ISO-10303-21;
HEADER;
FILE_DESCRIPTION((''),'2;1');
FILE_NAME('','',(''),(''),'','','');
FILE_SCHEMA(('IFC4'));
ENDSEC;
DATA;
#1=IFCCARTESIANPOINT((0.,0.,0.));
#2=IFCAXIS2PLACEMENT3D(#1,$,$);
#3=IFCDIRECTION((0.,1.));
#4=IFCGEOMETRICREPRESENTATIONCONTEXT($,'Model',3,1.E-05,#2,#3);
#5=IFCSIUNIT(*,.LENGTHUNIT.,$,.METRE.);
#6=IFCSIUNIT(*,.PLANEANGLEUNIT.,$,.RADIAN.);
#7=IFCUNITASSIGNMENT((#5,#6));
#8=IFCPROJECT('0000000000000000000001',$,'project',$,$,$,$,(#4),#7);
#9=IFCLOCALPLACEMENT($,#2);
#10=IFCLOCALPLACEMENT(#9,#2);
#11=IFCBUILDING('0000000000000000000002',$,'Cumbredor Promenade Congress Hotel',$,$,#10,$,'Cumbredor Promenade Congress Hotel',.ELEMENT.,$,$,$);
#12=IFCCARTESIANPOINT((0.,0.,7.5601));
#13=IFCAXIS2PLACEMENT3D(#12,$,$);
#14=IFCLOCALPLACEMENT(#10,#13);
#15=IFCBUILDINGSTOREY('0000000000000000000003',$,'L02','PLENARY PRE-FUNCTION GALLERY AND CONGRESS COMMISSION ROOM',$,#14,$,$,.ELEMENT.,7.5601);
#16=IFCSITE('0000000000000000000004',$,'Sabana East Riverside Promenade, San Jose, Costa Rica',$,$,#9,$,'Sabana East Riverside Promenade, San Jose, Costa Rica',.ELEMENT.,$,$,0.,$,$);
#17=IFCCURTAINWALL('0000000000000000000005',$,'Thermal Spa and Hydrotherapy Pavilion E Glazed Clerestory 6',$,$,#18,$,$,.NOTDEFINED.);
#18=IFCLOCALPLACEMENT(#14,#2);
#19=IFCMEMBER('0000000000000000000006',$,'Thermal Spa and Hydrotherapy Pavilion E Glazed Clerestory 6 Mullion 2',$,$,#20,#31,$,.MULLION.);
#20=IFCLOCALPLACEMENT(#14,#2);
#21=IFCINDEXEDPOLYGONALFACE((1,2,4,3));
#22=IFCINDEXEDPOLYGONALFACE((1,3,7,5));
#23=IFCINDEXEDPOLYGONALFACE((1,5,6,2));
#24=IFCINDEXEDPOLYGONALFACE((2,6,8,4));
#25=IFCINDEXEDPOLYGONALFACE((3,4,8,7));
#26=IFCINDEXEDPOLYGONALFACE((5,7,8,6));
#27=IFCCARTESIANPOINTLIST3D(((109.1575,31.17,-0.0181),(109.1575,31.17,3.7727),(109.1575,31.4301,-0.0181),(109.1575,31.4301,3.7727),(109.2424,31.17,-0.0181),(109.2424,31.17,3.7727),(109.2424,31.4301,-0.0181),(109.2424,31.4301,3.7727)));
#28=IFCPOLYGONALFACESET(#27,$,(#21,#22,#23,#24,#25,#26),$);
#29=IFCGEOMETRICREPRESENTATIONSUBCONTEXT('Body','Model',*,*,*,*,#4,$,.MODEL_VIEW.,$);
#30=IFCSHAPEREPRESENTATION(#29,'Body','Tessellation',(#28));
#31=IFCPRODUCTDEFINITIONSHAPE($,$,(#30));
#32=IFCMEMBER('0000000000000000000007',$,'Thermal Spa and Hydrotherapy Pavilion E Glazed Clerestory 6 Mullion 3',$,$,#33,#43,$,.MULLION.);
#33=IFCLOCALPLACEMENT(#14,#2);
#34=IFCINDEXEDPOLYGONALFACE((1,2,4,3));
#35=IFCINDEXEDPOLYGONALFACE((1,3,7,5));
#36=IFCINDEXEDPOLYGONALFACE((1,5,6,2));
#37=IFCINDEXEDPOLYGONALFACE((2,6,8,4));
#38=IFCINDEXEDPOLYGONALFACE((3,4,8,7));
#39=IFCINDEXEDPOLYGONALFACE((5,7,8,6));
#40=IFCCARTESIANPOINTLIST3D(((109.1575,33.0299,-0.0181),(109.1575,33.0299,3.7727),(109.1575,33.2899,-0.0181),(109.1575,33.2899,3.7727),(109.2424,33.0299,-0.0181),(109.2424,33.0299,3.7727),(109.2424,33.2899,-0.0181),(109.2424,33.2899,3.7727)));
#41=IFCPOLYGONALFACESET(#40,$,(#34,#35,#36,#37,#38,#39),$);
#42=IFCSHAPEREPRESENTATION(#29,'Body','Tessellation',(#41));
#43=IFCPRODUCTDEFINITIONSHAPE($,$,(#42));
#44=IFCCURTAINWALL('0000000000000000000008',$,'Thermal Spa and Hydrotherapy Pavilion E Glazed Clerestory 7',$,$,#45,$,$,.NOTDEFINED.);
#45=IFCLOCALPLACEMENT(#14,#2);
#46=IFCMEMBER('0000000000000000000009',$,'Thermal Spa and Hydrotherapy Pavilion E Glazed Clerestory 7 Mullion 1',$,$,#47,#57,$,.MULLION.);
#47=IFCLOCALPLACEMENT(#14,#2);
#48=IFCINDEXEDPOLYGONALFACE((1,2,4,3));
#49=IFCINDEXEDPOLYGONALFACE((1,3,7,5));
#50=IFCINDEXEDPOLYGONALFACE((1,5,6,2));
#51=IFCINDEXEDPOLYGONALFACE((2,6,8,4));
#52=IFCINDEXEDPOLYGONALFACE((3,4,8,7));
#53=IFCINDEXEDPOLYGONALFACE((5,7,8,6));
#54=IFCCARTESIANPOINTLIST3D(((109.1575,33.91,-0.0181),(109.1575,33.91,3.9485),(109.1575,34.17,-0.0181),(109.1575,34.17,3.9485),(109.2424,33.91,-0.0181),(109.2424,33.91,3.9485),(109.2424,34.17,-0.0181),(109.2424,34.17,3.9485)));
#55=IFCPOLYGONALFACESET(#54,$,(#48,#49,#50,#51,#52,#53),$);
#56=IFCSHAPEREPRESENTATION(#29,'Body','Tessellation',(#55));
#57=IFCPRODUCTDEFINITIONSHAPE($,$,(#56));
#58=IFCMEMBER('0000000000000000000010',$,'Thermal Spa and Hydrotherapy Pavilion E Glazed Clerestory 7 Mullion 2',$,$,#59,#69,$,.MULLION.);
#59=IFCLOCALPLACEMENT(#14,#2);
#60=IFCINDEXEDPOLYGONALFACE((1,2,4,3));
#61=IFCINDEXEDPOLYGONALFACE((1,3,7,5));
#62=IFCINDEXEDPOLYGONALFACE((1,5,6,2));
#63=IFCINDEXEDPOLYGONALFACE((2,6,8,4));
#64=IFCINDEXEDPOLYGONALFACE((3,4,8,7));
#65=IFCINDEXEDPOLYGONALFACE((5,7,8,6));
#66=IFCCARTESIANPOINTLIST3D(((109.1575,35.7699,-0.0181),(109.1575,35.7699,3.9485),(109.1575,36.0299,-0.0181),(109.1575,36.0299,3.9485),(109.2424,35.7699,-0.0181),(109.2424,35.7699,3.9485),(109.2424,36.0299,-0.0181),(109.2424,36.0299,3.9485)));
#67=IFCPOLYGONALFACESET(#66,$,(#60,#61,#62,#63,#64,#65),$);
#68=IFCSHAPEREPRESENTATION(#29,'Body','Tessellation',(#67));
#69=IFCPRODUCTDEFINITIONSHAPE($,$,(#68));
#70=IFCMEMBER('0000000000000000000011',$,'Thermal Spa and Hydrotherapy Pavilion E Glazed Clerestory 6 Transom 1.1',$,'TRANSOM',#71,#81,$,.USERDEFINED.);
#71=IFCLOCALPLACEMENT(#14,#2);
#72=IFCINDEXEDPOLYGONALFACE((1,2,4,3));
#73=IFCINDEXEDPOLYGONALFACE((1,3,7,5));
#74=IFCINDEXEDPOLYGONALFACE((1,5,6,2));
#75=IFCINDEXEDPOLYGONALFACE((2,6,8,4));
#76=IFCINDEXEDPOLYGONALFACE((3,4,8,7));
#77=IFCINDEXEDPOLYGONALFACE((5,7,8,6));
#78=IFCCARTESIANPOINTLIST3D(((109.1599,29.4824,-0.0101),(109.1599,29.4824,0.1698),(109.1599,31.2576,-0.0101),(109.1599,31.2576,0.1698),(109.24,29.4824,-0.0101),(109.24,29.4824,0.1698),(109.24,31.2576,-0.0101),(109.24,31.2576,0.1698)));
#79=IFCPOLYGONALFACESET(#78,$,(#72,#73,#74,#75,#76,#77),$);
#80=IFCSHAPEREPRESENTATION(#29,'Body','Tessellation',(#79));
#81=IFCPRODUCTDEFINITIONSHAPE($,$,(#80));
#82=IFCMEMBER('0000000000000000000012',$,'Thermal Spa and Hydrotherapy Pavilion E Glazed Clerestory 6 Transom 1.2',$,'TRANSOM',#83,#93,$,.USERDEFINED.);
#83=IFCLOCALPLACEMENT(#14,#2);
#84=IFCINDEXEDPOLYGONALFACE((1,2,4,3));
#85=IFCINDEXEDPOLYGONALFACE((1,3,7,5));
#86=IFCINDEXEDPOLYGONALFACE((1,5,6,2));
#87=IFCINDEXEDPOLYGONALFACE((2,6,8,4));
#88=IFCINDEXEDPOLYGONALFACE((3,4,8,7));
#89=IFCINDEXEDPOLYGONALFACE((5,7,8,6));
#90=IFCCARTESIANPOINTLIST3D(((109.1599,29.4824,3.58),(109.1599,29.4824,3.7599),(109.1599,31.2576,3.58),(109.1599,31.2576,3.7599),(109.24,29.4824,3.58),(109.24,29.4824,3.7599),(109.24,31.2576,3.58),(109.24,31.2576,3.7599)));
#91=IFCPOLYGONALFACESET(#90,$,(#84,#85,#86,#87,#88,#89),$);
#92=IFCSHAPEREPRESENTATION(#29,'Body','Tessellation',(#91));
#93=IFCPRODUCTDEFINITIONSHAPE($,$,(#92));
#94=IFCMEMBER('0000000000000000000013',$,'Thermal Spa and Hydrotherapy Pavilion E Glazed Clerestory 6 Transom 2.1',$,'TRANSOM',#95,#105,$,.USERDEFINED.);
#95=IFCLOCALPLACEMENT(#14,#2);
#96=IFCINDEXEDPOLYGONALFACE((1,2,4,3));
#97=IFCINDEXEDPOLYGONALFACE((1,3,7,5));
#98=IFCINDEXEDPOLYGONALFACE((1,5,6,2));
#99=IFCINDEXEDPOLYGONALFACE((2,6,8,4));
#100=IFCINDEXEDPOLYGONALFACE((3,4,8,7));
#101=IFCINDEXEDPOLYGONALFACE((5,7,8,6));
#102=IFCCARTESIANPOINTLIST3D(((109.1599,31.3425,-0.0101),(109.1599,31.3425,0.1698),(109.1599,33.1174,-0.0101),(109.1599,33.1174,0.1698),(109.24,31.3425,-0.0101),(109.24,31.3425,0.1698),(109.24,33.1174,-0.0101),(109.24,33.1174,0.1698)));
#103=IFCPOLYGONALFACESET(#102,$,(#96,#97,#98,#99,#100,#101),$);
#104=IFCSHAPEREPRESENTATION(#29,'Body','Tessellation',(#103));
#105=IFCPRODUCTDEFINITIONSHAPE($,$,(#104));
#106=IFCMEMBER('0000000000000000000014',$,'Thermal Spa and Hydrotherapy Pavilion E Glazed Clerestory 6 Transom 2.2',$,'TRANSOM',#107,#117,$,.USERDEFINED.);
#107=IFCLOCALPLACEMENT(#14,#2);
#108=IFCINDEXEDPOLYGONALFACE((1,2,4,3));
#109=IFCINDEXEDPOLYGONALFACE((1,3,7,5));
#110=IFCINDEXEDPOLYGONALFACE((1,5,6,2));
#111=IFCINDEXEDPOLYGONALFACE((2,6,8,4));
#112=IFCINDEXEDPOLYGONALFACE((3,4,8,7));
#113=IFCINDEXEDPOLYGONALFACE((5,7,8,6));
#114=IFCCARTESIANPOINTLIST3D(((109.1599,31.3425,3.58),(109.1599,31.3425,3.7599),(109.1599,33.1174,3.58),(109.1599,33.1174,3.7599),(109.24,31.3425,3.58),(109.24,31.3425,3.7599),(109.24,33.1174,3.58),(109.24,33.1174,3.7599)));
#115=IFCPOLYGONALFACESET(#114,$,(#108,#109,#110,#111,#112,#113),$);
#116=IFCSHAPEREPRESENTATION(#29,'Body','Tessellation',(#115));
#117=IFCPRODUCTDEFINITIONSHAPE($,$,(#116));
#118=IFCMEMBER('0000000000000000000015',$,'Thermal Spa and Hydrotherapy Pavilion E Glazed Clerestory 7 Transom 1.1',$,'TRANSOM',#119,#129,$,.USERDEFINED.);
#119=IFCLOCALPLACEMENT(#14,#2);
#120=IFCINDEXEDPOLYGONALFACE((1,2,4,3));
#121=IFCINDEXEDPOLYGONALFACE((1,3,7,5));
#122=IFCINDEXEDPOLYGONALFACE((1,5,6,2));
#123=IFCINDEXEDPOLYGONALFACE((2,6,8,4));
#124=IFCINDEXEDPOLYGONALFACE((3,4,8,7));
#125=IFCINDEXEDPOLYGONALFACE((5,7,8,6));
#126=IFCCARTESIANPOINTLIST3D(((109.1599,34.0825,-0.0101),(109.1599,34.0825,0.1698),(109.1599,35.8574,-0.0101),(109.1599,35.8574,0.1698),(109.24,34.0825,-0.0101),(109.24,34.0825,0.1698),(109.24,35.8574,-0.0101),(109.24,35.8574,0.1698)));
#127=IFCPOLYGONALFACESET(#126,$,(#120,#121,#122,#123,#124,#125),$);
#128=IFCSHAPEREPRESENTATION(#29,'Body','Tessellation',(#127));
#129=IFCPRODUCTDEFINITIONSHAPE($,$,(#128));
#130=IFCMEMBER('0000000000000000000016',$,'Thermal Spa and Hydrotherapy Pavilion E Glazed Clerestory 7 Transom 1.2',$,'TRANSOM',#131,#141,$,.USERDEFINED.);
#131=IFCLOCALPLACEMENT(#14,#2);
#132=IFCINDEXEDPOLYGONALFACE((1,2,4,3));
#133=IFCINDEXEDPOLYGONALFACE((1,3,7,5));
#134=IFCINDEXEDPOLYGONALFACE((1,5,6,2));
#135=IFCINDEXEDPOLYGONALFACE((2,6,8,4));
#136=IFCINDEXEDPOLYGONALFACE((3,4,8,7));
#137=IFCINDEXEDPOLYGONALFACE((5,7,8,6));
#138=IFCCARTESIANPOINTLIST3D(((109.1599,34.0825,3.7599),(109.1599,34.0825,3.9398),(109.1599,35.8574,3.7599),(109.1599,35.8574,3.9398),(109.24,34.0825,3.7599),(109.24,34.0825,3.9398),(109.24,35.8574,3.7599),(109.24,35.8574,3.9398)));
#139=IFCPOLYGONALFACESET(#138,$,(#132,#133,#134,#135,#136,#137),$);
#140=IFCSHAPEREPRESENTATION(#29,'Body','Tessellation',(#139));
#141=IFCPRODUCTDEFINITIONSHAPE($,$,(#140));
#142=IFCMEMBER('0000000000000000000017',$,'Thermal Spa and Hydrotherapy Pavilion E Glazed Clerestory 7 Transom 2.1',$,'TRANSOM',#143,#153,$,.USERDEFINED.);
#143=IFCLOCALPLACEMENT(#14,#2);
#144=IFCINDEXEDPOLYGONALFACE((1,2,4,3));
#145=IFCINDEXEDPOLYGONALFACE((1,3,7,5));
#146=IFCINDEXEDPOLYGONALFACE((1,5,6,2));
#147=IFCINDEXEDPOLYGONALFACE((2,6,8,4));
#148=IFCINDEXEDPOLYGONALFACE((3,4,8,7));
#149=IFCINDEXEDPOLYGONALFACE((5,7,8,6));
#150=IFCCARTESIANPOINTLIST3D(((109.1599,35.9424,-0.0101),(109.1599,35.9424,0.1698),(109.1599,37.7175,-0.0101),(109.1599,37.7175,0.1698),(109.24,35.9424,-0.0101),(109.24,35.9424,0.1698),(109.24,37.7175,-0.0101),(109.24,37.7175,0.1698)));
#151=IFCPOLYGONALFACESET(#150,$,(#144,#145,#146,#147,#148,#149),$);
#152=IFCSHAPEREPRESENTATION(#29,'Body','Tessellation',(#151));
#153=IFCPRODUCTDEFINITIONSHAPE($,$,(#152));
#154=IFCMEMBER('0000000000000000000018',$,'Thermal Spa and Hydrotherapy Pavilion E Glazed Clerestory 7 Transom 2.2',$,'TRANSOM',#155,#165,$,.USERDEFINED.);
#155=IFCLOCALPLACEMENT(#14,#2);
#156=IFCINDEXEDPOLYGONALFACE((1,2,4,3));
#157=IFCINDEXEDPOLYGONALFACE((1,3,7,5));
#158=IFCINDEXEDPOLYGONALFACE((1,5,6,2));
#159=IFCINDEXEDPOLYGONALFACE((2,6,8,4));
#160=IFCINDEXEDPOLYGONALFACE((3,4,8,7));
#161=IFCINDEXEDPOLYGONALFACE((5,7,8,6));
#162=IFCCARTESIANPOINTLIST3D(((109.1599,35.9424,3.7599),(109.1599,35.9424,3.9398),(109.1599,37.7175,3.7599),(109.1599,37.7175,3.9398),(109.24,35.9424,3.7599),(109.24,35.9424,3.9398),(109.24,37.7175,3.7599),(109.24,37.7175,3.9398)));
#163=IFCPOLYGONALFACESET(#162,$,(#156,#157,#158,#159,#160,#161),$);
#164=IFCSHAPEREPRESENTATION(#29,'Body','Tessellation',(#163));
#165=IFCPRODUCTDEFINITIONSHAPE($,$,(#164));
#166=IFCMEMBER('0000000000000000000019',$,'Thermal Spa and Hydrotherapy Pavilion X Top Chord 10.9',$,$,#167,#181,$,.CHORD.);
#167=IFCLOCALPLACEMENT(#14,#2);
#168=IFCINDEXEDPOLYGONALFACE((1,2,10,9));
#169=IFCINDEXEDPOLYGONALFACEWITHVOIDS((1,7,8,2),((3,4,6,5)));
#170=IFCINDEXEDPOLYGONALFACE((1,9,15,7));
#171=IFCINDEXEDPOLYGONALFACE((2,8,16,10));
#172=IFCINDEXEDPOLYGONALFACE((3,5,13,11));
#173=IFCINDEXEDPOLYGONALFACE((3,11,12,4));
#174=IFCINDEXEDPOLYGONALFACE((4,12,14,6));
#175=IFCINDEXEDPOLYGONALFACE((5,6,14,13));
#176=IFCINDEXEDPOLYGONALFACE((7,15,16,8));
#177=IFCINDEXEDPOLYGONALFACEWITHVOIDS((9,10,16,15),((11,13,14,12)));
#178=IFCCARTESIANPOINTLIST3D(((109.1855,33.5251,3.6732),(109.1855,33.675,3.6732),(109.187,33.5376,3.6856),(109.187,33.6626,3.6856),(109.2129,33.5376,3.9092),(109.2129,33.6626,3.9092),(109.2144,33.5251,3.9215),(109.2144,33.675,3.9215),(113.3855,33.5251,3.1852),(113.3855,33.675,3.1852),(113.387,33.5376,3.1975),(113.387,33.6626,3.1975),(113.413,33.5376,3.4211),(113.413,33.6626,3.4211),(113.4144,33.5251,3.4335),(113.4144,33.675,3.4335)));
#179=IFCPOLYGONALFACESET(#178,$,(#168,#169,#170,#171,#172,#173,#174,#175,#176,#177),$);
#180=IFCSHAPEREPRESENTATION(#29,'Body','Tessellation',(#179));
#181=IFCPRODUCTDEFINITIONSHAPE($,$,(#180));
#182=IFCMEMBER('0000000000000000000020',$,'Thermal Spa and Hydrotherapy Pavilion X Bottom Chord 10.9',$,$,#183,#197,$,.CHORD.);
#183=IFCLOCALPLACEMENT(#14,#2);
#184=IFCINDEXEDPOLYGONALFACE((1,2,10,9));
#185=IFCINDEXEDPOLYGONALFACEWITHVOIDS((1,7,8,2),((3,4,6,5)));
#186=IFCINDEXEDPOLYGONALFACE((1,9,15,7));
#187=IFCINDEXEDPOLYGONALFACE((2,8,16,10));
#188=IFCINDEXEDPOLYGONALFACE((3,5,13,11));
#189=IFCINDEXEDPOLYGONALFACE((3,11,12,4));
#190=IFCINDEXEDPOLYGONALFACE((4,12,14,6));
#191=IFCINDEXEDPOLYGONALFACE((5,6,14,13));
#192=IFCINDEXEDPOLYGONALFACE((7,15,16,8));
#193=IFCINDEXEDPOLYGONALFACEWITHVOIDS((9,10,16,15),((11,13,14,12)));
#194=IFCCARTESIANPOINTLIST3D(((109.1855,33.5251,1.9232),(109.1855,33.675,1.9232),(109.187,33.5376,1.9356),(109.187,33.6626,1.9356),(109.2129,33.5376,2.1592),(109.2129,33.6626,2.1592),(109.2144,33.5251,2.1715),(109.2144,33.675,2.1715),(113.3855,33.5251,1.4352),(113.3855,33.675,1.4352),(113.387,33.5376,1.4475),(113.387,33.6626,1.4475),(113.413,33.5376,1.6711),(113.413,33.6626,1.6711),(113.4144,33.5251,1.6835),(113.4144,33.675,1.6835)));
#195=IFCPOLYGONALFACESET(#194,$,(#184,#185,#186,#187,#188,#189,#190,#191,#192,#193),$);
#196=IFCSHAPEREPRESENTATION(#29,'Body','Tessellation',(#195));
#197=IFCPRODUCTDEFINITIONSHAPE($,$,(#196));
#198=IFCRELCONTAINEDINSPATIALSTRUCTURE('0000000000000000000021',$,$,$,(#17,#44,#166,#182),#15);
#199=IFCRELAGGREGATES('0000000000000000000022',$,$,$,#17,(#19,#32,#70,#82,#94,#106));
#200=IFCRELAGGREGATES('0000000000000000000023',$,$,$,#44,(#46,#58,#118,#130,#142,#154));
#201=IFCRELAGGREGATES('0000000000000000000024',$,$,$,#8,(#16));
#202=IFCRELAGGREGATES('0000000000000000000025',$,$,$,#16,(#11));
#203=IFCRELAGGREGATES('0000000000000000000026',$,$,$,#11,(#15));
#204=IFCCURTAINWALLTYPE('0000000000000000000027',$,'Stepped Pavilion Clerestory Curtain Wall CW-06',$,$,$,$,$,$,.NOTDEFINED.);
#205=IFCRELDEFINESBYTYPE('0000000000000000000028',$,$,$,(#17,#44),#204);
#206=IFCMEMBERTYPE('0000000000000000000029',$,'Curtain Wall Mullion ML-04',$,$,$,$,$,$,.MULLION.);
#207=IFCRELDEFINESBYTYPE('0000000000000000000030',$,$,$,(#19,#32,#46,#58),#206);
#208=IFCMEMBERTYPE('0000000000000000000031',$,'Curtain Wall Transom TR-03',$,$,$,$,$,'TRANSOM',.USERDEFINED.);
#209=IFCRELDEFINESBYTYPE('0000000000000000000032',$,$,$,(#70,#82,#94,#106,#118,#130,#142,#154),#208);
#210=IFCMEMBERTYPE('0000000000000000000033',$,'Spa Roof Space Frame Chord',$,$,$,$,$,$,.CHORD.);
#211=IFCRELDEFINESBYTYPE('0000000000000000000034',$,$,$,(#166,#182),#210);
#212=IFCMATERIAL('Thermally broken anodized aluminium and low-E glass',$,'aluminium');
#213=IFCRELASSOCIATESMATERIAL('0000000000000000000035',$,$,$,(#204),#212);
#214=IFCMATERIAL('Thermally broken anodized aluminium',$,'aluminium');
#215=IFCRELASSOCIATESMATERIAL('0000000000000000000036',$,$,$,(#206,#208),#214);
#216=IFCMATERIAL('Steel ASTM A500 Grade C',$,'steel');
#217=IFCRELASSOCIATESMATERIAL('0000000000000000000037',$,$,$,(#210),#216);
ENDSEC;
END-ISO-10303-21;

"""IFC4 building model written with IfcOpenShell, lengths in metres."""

from ifc_helpers import new_model, si_unit, direction, frame, origin, origin_2d, place, context, subcontext, project, spatial, rectangle, hollow_rectangle, extrude, material, material_profile, profile_set, type_object, element, aggregate, save


model = new_model("IFC4")

# Units and contexts
model_context = context("Model", 3, precision=1e-05, world=origin(), true_north=direction((0.0, 1.0)))
body_context = subcontext(model_context, "Body", "Model", "MODEL_VIEW")
ifc_project = project(units=[si_unit("LENGTHUNIT", "METRE"), si_unit("PLANEANGLEUNIT", "RADIAN")], contexts=[model_context])

# Site, building, storey
site_placement = place(None, origin())
site = spatial("IfcSite", under=ifc_project, at=site_placement, Name="Sabana East Riverside Promenade, San Jose, Costa Rica", LongName="Sabana East Riverside Promenade, San Jose, Costa Rica", CompositionType="ELEMENT", RefElevation=0.0)
building_placement = place(site_placement, origin())
building = spatial("IfcBuilding", under=site, at=building_placement, Name="Cumbredor Promenade Congress Hotel", LongName="Cumbredor Promenade Congress Hotel", CompositionType="ELEMENT")
storey_placement = place(building_placement, frame((0.0, 0.0, 7.5601)))
storey = spatial("IfcBuildingStorey", under=building, at=storey_placement, Name="L02", Description="PLENARY PRE-FUNCTION GALLERY AND CONGRESS COMMISSION ROOM", CompositionType="ELEMENT", Elevation=7.5601)

# Curtain walls, members
ifc_material_1 = material(Name="Thermally broken anodized aluminium and low-E glass", Category="aluminium")
curtain_wall_type = type_object("IfcCurtainWallType", Name="Stepped Pavilion Clerestory Curtain Wall CW-06", PredefinedType="NOTDEFINED", material=ifc_material_1)
curtain_wall_1_placement = place(storey_placement, origin())
curtain_wall_1 = element("IfcCurtainWall", 1, at=curtain_wall_1_placement, inside=storey, type_object=curtain_wall_type, Name="Thermal Spa and Hydrotherapy Pavilion E Glazed Clerestory 6", PredefinedType="NOTDEFINED")
ifc_material_2 = material(Name="Thermally broken anodized aluminium", Category="aluminium")
ifc_material_profile_1 = material_profile(ifc_material_2, rectangle(XDim=0.085, YDim=0.26, at=origin_2d()), Name="ALU MULLION CLERESTORY 85x260")
ifc_profile_set_1 = profile_set([ifc_material_profile_1], Name="Thermally broken anodized aluminium")
member_type_1 = type_object("IfcMemberType", Name="Curtain Wall Mullion ML-04", PredefinedType="MULLION", material=ifc_profile_set_1)
member_1_placement = place(storey_placement, frame((109.2, 31.3, -0.0181), z_axis=(0.0, 0.0, 1.0), x_axis=(1.0, 0.0, 0.0)))
member_1 = element("IfcMember", 2, at=member_1_placement, type_object=member_type_1, Name="Thermal Spa and Hydrotherapy Pavilion E Glazed Clerestory 6 Mullion 2", PredefinedType="MULLION", context=body_context, shape_type="SweptSolid", body=[
    extrude(rectangle(XDim=0.085, YDim=0.26, at=origin_2d()), origin(), (0.0, 0.0, 1.0), 3.7908),
])
member_2_placement = place(storey_placement, frame((109.2, 33.1599, -0.0181), z_axis=(0.0, 0.0, 1.0), x_axis=(1.0, 0.0, 0.0)))
member_2 = element("IfcMember", 3, at=member_2_placement, type_object=member_type_1, Name="Thermal Spa and Hydrotherapy Pavilion E Glazed Clerestory 6 Mullion 3", PredefinedType="MULLION", context=body_context, shape_type="SweptSolid", body=[
    extrude(rectangle(XDim=0.085, YDim=0.26, at=origin_2d()), origin(), (0.0, 0.0, 1.0), 3.7908),
])
curtain_wall_2_placement = place(storey_placement, origin())
curtain_wall_2 = element("IfcCurtainWall", 4, at=curtain_wall_2_placement, inside=storey, type_object=curtain_wall_type, Name="Thermal Spa and Hydrotherapy Pavilion E Glazed Clerestory 7", PredefinedType="NOTDEFINED")
member_3_placement = place(storey_placement, frame((109.2, 34.04, -0.0181), z_axis=(0.0, 0.0, 1.0), x_axis=(1.0, 0.0, 0.0)))
member_3 = element("IfcMember", 5, at=member_3_placement, type_object=member_type_1, Name="Thermal Spa and Hydrotherapy Pavilion E Glazed Clerestory 7 Mullion 1", PredefinedType="MULLION", context=body_context, shape_type="SweptSolid", body=[
    extrude(rectangle(XDim=0.085, YDim=0.26, at=origin_2d()), origin(), (0.0, 0.0, 1.0), 3.9666),
])
member_4_placement = place(storey_placement, frame((109.2, 35.8999, -0.0181), z_axis=(0.0, 0.0, 1.0), x_axis=(1.0, 0.0, 0.0)))
member_4 = element("IfcMember", 6, at=member_4_placement, type_object=member_type_1, Name="Thermal Spa and Hydrotherapy Pavilion E Glazed Clerestory 7 Mullion 2", PredefinedType="MULLION", context=body_context, shape_type="SweptSolid", body=[
    extrude(rectangle(XDim=0.085, YDim=0.26, at=origin_2d()), origin(), (0.0, 0.0, 1.0), 3.9666),
])

# Members
ifc_material_profile_2 = material_profile(ifc_material_2, rectangle(XDim=0.0801, YDim=0.1799, at=origin_2d()), Name="ALU TRANSOM 80x180")
ifc_profile_set_2 = profile_set([ifc_material_profile_2], Name="Thermally broken anodized aluminium")
member_type_2 = type_object("IfcMemberType", Name="Curtain Wall Transom TR-03", ElementType="TRANSOM", PredefinedType="USERDEFINED", material=ifc_profile_set_2)
member_5_placement = place(storey_placement, frame((109.2, 29.4824, 0.0798), z_axis=(0.0, 1.0, 0.0), x_axis=(-1.0, 0.0, 0.0)))
member_5 = element("IfcMember", 7, at=member_5_placement, type_object=member_type_2, Name="Thermal Spa and Hydrotherapy Pavilion E Glazed Clerestory 6 Transom 1.1", ObjectType="TRANSOM", PredefinedType="USERDEFINED", context=body_context, shape_type="SweptSolid", body=[
    extrude(rectangle(XDim=0.0801, YDim=0.1799, at=origin_2d()), origin(), (0.0, 0.0, 1.0), 1.7751),
])
member_6_placement = place(storey_placement, frame((109.2, 29.4824, 3.6699), z_axis=(0.0, 1.0, 0.0), x_axis=(-1.0, 0.0, 0.0)))
member_6 = element("IfcMember", 8, at=member_6_placement, type_object=member_type_2, Name="Thermal Spa and Hydrotherapy Pavilion E Glazed Clerestory 6 Transom 1.2", ObjectType="TRANSOM", PredefinedType="USERDEFINED", context=body_context, shape_type="SweptSolid", body=[
    extrude(rectangle(XDim=0.0801, YDim=0.1799, at=origin_2d()), origin(), (0.0, 0.0, 1.0), 1.7751),
])
member_7_placement = place(storey_placement, frame((109.2, 31.3425, 0.0798), z_axis=(0.0, 1.0, 0.0), x_axis=(-1.0, 0.0, 0.0)))
member_7 = element("IfcMember", 9, at=member_7_placement, type_object=member_type_2, Name="Thermal Spa and Hydrotherapy Pavilion E Glazed Clerestory 6 Transom 2.1", ObjectType="TRANSOM", PredefinedType="USERDEFINED", context=body_context, shape_type="SweptSolid", body=[
    extrude(rectangle(XDim=0.0801, YDim=0.1799, at=origin_2d()), origin(), (0.0, 0.0, 1.0), 1.7749),
])
member_8_placement = place(storey_placement, frame((109.2, 31.3425, 3.6699), z_axis=(0.0, 1.0, 0.0), x_axis=(-1.0, 0.0, 0.0)))
member_8 = element("IfcMember", 10, at=member_8_placement, type_object=member_type_2, Name="Thermal Spa and Hydrotherapy Pavilion E Glazed Clerestory 6 Transom 2.2", ObjectType="TRANSOM", PredefinedType="USERDEFINED", context=body_context, shape_type="SweptSolid", body=[
    extrude(rectangle(XDim=0.0801, YDim=0.1799, at=origin_2d()), origin(), (0.0, 0.0, 1.0), 1.7749),
])
member_9_placement = place(storey_placement, frame((109.2, 34.0825, 0.0798), z_axis=(0.0, 1.0, 0.0), x_axis=(-1.0, 0.0, 0.0)))
member_9 = element("IfcMember", 11, at=member_9_placement, type_object=member_type_2, Name="Thermal Spa and Hydrotherapy Pavilion E Glazed Clerestory 7 Transom 1.1", ObjectType="TRANSOM", PredefinedType="USERDEFINED", context=body_context, shape_type="SweptSolid", body=[
    extrude(rectangle(XDim=0.0801, YDim=0.1799, at=origin_2d()), origin(), (0.0, 0.0, 1.0), 1.7749),
])
member_10_placement = place(storey_placement, frame((109.2, 34.0825, 3.8499), z_axis=(0.0, 1.0, 0.0), x_axis=(-1.0, 0.0, 0.0)))
member_10 = element("IfcMember", 12, at=member_10_placement, type_object=member_type_2, Name="Thermal Spa and Hydrotherapy Pavilion E Glazed Clerestory 7 Transom 1.2", ObjectType="TRANSOM", PredefinedType="USERDEFINED", context=body_context, shape_type="SweptSolid", body=[
    extrude(rectangle(XDim=0.0801, YDim=0.1799, at=origin_2d()), origin(), (0.0, 0.0, 1.0), 1.7749),
])
member_11_placement = place(storey_placement, frame((109.2, 35.9424, 0.0798), z_axis=(0.0, 1.0, 0.0), x_axis=(-1.0, 0.0, 0.0)))
member_11 = element("IfcMember", 13, at=member_11_placement, type_object=member_type_2, Name="Thermal Spa and Hydrotherapy Pavilion E Glazed Clerestory 7 Transom 2.1", ObjectType="TRANSOM", PredefinedType="USERDEFINED", context=body_context, shape_type="SweptSolid", body=[
    extrude(rectangle(XDim=0.0801, YDim=0.1799, at=origin_2d()), origin(), (0.0, 0.0, 1.0), 1.7751),
])
member_12_placement = place(storey_placement, frame((109.2, 35.9424, 3.8499), z_axis=(0.0, 1.0, 0.0), x_axis=(-1.0, 0.0, 0.0)))
member_12 = element("IfcMember", 14, at=member_12_placement, type_object=member_type_2, Name="Thermal Spa and Hydrotherapy Pavilion E Glazed Clerestory 7 Transom 2.2", ObjectType="TRANSOM", PredefinedType="USERDEFINED", context=body_context, shape_type="SweptSolid", body=[
    extrude(rectangle(XDim=0.0801, YDim=0.1799, at=origin_2d()), origin(), (0.0, 0.0, 1.0), 1.7751),
])

# Members
ifc_material_3 = material(Name="Steel ASTM A500 Grade C", Category="steel")
ifc_material_profile_3 = material_profile(ifc_material_3, hollow_rectangle(XDim=0.1499, YDim=0.25, WallThickness=0.0125, at=origin_2d()), Name="HSS 250x150x12.5")
ifc_profile_set_3 = profile_set([ifc_material_profile_3], Name="Steel ASTM A500 Grade C")
member_type_3 = type_object("IfcMemberType", Name="Spa Roof Space Frame Chord", PredefinedType="CHORD", material=ifc_profile_set_3)
for number, where, z_axis, x_axis, name in (
    (15, (109.2, 33.6001, 3.7974), (0.993316, 0.0, -0.115424), (0.0, 1.0, 0.0), "Thermal Spa and Hydrotherapy Pavilion X Top Chord 10.9"),
    (16, (109.2, 33.6001, 2.0474), (0.993316, 0.0, -0.115424), (0.0, 1.0, 0.0), "Thermal Spa and Hydrotherapy Pavilion X Bottom Chord 10.9"),
):
    element("IfcMember", number, at=place(storey_placement, frame(where, z_axis=z_axis, x_axis=x_axis)), inside=storey, type_object=member_type_3, Name=name, PredefinedType="CHORD", context=body_context, shape_type="SweptSolid", body=[
        extrude(hollow_rectangle(XDim=0.1499, YDim=0.25, WallThickness=0.0125, at=origin_2d()), origin(), (0.0, 0.0, 1.0), 4.2283),
    ])

aggregate(curtain_wall_1, [member_1, member_2, member_5, member_6, member_7, member_8])
aggregate(curtain_wall_2, [member_3, member_4, member_9, member_10, member_11, member_12])

save(model, "model.ifc")
